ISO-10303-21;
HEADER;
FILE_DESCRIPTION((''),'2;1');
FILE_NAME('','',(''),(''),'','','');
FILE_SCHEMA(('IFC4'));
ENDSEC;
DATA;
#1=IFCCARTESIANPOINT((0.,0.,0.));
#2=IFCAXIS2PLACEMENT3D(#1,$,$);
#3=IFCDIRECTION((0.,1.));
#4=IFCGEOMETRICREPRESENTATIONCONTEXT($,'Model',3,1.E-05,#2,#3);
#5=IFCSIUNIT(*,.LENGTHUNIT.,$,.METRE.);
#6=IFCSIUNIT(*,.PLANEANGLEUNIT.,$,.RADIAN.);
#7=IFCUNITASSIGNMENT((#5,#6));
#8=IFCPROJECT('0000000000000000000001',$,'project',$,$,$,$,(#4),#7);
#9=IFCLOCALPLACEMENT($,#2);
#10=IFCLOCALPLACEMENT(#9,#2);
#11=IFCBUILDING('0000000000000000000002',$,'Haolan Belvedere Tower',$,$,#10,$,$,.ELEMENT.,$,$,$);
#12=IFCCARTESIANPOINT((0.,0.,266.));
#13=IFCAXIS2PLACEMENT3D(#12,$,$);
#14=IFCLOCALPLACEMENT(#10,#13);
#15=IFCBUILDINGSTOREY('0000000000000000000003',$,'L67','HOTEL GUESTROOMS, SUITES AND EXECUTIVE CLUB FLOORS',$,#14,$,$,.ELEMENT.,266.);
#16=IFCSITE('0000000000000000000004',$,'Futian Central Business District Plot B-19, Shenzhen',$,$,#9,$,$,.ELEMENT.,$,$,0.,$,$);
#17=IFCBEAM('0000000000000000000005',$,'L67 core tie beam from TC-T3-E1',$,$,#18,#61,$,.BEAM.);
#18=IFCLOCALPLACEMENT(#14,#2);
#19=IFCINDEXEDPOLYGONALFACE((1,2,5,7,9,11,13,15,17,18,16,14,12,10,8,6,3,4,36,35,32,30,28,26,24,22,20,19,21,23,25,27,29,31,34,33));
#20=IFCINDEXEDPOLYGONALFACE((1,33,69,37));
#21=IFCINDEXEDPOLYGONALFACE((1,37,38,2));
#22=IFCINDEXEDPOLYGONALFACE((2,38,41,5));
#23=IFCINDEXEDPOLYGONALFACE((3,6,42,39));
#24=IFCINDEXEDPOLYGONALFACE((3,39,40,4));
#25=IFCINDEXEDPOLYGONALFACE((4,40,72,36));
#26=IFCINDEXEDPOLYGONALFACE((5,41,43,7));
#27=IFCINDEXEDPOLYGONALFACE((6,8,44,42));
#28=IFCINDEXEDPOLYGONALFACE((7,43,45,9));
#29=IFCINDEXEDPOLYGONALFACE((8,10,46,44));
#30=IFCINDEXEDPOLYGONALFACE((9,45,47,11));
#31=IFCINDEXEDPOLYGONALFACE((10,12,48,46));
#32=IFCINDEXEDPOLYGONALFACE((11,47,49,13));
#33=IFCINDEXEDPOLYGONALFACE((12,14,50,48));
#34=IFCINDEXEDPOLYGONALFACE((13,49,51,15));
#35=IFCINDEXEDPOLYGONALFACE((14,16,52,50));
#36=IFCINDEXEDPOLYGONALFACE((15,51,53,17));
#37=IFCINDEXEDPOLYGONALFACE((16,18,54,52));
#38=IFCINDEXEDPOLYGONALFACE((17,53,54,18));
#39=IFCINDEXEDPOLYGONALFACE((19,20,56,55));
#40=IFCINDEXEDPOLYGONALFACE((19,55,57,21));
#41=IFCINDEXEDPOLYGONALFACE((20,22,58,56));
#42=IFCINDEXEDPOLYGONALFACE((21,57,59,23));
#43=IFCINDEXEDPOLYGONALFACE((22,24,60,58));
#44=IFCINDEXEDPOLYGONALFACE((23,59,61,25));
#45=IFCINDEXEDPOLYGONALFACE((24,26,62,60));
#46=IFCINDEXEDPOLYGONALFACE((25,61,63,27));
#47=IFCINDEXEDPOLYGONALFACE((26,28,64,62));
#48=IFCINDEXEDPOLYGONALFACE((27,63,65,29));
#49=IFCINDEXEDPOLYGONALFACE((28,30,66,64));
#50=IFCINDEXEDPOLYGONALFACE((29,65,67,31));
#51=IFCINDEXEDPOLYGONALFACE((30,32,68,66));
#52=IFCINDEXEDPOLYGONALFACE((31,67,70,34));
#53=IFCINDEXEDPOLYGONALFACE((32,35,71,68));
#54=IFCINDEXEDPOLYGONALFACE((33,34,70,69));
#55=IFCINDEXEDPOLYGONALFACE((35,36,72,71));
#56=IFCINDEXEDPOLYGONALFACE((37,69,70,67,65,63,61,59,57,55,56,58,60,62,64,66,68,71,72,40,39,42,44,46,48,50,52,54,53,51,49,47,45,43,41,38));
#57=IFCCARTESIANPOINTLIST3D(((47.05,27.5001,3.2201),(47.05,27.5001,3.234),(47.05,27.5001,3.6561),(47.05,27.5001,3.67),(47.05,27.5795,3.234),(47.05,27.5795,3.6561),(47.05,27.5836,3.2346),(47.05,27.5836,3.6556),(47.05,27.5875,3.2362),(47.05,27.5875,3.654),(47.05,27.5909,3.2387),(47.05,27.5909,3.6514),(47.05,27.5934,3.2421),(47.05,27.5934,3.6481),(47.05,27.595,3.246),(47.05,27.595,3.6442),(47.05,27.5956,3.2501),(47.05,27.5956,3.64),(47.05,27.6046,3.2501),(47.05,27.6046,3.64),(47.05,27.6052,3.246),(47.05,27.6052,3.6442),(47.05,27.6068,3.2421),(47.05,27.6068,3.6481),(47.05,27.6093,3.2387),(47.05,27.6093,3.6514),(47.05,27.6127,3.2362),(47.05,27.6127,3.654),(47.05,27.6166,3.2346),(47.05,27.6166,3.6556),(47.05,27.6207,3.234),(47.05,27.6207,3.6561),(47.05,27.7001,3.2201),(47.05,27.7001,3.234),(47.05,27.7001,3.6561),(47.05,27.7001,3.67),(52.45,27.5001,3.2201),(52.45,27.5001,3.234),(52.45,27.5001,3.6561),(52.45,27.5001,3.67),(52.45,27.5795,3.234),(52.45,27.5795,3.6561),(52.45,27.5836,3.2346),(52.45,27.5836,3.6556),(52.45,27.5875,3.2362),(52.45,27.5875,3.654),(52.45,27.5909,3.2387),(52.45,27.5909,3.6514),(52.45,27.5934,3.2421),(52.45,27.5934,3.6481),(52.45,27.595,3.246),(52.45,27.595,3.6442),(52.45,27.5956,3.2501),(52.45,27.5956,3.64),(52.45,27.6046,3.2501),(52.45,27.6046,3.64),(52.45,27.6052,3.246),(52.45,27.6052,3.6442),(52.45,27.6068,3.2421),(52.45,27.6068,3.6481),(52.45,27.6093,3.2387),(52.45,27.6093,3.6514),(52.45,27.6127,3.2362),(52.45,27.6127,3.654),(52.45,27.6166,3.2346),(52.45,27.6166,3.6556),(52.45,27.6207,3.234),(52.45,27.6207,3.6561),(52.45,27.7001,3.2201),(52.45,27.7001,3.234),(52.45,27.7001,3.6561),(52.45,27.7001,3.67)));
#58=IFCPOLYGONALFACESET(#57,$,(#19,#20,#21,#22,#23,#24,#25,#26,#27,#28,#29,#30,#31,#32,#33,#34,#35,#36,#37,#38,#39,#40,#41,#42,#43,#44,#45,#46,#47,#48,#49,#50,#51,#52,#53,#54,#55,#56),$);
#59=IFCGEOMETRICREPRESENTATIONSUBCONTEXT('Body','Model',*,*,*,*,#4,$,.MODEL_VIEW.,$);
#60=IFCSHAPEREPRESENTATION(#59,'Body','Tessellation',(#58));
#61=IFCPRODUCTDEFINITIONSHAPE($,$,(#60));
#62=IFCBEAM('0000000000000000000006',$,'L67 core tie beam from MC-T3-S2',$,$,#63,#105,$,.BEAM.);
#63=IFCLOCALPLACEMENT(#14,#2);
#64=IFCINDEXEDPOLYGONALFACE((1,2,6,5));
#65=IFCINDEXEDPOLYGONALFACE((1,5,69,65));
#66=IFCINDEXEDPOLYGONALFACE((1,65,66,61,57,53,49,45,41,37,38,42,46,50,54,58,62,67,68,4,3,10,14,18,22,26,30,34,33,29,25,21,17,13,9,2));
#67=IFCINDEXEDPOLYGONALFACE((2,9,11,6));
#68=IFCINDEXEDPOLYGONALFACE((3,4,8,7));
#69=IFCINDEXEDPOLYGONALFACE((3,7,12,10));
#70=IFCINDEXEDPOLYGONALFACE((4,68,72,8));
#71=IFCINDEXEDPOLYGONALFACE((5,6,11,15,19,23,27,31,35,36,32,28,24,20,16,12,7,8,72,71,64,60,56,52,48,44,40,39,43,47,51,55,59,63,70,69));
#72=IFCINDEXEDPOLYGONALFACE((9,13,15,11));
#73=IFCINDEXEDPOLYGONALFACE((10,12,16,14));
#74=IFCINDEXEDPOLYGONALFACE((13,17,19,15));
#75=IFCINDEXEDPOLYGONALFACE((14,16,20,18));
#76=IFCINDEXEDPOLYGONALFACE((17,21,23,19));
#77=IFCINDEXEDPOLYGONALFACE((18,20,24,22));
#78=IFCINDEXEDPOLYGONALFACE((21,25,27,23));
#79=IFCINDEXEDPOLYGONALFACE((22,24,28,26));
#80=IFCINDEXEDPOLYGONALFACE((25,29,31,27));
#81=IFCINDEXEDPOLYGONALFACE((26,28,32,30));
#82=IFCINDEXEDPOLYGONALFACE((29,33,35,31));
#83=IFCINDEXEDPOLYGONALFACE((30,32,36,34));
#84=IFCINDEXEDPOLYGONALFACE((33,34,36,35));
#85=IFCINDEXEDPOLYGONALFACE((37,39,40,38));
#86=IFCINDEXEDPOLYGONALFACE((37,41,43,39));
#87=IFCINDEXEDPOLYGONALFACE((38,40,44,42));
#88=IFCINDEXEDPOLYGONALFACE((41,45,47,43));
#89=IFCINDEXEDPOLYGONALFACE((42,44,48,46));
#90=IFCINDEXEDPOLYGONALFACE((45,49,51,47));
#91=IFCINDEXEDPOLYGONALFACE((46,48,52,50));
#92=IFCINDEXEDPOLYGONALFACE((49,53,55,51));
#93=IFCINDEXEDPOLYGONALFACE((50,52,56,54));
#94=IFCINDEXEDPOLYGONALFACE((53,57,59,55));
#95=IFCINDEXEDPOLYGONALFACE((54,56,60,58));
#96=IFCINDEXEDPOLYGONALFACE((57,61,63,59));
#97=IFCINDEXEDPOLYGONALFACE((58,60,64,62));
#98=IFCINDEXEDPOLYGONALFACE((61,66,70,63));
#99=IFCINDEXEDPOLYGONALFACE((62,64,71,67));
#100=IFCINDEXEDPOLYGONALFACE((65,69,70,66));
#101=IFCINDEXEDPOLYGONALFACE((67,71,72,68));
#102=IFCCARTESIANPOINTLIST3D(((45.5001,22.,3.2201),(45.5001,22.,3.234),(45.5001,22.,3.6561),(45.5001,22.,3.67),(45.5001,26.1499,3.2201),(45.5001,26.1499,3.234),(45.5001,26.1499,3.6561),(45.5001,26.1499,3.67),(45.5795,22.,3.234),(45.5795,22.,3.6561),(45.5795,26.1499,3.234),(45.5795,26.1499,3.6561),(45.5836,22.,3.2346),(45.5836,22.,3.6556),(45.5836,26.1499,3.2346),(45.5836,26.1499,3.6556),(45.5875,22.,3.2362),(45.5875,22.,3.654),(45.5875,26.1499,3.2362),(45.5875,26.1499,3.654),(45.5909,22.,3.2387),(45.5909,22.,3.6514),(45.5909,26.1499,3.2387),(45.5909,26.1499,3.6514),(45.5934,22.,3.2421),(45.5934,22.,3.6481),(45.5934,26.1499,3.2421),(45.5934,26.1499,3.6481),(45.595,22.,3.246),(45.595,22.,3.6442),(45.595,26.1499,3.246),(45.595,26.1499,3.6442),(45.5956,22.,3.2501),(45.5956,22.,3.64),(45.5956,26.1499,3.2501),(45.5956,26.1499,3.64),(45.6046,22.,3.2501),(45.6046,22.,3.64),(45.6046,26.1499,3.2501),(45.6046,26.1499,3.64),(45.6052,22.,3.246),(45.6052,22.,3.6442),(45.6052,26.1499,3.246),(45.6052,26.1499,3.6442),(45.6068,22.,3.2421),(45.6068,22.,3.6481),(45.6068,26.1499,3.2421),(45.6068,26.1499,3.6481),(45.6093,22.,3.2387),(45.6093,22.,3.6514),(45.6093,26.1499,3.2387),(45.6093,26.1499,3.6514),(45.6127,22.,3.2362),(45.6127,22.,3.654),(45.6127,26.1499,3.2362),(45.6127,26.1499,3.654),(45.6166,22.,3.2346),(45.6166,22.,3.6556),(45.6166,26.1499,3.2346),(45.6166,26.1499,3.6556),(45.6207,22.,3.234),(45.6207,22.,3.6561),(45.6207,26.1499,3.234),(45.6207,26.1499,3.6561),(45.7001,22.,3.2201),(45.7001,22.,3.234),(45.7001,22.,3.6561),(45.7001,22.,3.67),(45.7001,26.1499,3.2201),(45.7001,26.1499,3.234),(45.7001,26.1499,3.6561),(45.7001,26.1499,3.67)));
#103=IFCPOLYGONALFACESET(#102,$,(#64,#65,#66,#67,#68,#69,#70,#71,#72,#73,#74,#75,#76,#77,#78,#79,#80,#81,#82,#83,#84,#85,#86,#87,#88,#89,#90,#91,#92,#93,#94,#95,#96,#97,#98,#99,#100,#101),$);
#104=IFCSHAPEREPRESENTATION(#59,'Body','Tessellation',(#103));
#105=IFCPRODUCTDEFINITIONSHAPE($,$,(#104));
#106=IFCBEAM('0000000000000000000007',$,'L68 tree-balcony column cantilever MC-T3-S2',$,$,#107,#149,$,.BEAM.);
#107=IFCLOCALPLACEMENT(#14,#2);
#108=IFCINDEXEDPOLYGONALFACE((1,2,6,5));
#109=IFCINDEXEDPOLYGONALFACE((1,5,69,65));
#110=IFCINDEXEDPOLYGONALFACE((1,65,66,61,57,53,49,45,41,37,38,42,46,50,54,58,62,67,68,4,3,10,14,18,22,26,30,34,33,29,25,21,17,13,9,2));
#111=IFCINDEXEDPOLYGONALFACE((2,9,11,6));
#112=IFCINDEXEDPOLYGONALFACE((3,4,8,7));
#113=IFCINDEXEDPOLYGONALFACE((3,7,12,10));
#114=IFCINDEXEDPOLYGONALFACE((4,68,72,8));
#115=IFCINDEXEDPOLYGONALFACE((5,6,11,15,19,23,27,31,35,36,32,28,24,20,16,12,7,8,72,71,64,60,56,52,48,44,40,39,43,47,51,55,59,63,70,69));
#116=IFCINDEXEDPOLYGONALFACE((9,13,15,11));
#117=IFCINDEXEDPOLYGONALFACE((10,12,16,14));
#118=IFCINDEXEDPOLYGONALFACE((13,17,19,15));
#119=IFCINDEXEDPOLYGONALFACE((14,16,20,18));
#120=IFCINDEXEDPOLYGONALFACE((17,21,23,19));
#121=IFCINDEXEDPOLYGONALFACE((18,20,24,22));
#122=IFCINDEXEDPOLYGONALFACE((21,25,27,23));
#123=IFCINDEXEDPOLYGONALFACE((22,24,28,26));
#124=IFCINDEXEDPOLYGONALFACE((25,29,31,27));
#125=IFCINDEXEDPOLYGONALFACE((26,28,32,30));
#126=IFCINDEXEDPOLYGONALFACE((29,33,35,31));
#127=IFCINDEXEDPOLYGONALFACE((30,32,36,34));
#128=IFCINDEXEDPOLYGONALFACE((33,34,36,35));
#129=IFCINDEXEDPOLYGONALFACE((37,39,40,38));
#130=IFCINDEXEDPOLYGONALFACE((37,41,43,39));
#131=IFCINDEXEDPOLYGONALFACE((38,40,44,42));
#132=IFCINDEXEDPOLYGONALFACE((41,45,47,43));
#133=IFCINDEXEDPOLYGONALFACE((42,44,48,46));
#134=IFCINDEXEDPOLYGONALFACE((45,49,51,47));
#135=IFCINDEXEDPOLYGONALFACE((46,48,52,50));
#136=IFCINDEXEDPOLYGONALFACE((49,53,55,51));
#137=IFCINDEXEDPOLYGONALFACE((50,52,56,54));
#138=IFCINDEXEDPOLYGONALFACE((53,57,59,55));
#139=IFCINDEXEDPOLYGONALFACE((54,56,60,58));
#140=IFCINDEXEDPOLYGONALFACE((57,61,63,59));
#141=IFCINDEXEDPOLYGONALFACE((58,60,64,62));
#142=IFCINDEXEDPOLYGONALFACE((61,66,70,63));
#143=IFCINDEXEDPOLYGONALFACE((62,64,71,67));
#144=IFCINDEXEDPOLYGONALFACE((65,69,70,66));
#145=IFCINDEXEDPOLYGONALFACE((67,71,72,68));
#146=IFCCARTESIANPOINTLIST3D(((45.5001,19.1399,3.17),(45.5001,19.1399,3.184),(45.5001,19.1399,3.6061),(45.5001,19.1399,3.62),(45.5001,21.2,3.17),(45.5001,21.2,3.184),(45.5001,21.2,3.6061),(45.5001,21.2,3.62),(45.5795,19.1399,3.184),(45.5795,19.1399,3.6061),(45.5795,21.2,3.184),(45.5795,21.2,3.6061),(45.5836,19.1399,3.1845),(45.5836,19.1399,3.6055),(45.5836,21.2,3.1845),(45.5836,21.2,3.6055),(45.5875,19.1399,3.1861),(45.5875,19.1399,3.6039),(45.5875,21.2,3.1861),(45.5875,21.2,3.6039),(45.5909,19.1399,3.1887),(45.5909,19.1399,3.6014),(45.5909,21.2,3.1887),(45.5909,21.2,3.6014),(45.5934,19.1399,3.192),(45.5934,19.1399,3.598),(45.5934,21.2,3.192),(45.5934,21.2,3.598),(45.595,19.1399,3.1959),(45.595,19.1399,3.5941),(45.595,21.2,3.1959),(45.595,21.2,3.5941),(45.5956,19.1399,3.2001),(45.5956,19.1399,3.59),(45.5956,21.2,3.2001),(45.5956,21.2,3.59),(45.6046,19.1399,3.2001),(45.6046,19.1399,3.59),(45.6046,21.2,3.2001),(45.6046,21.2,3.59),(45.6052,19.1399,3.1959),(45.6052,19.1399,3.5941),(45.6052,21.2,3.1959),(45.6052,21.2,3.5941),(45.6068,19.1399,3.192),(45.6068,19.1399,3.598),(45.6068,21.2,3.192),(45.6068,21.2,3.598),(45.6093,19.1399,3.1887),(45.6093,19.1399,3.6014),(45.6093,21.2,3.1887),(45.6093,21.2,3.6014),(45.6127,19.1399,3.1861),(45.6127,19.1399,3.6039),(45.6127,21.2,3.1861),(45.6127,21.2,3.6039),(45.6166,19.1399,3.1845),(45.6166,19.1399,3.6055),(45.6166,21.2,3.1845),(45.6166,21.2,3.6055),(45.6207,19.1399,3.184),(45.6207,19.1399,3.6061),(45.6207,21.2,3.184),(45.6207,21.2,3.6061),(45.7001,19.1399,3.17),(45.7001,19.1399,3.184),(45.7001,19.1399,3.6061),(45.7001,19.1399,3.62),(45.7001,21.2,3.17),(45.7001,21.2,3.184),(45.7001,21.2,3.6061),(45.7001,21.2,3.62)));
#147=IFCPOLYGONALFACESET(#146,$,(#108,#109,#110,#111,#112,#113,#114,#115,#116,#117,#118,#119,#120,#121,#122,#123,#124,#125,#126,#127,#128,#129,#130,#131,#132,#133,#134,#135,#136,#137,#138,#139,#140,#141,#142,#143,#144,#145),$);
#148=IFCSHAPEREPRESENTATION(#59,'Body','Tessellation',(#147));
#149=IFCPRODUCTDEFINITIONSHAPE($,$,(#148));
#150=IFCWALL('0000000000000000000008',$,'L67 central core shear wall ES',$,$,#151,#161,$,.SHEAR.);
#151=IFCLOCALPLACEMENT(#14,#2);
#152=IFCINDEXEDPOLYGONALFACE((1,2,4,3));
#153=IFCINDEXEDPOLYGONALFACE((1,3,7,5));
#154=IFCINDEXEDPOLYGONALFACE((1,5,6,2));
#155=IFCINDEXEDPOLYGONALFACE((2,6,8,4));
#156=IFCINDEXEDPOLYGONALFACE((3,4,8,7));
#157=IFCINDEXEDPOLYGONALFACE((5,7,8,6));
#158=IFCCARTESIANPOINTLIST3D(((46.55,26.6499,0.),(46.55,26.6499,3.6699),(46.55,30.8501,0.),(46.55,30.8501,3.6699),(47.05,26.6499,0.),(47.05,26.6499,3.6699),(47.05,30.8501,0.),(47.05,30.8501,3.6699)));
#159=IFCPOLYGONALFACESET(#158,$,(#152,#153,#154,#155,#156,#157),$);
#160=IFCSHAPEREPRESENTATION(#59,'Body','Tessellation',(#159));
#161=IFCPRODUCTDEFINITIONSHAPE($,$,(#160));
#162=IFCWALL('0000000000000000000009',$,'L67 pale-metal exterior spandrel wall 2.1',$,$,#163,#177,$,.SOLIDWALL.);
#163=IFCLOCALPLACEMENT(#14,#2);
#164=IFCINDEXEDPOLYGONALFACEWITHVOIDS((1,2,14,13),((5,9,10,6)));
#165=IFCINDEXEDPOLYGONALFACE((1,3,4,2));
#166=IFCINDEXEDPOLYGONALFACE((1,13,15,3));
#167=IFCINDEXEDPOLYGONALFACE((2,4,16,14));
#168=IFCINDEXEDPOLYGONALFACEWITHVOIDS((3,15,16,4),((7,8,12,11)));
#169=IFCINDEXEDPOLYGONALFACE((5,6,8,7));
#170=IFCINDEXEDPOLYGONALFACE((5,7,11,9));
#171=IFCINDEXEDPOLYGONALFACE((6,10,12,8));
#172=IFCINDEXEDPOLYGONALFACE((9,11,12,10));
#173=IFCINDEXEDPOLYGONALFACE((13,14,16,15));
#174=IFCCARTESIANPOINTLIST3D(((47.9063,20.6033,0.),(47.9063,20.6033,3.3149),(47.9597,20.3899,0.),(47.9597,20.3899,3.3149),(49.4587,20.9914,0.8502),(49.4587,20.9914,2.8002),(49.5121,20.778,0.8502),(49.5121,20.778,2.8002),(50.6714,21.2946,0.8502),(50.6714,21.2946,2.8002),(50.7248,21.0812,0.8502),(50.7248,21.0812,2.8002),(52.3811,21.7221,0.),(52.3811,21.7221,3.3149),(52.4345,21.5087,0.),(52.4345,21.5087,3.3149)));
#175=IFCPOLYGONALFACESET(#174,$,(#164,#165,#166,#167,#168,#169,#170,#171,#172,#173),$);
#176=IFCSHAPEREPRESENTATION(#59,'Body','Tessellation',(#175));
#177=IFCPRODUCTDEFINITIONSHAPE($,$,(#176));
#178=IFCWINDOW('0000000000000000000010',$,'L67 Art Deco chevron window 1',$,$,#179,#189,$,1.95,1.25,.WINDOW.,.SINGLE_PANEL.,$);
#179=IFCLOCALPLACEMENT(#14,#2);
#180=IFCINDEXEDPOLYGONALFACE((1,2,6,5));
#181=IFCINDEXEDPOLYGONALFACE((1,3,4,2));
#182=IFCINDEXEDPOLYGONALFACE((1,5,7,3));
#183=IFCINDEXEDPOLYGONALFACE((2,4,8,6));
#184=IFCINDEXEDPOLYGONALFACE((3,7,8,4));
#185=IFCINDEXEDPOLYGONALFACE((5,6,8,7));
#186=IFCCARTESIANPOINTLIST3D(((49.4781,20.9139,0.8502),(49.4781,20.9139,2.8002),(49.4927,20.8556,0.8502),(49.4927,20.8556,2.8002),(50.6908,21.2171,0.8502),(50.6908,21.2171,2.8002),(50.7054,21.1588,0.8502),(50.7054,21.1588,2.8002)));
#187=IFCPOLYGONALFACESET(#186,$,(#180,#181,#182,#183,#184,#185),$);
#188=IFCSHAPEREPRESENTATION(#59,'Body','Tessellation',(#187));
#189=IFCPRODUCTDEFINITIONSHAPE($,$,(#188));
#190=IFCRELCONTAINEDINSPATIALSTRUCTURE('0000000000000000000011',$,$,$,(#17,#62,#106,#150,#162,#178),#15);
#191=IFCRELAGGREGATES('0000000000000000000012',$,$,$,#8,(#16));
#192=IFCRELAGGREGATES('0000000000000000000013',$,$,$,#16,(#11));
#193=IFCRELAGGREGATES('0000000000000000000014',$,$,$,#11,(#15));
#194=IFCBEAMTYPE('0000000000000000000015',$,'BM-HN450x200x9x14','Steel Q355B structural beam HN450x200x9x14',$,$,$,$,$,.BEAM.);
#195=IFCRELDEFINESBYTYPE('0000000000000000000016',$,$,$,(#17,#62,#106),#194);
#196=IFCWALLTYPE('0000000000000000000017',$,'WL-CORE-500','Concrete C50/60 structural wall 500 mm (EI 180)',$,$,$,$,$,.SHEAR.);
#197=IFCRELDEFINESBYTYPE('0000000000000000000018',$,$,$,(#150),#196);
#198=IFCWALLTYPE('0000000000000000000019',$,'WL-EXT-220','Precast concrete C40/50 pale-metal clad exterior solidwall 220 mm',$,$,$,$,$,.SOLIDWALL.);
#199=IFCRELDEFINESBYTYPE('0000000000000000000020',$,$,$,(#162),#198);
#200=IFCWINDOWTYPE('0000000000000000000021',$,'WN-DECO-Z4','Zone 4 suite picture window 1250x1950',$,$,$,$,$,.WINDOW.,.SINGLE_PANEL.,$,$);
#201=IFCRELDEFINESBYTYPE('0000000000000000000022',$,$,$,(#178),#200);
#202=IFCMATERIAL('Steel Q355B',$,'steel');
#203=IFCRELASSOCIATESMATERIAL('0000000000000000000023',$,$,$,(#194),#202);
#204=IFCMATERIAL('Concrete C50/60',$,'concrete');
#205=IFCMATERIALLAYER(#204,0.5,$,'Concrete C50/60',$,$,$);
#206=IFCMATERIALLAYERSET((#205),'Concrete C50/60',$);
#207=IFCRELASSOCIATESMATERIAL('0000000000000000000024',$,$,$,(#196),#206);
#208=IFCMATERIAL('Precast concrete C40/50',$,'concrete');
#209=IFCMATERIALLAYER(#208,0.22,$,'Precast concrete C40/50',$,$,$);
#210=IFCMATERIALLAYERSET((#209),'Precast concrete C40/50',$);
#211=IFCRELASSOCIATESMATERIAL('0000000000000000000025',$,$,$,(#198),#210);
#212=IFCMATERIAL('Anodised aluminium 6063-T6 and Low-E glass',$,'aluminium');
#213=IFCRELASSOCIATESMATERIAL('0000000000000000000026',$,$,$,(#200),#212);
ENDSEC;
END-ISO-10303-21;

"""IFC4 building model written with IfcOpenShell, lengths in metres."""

from ifc_helpers import new_model, si_unit, direction, frame, frame_2d, origin, origin_2d, place, context, subcontext, project, spatial, rectangle, i_section, extrude, material, layer, layer_set, material_profile, profile_set, type_object, element, fill, save


model = new_model("IFC4")

# Units and contexts
model_context = context("Model", 3, precision=1e-05, world=origin(), true_north=direction((0.0, 1.0)))
body_context = subcontext(model_context, "Body", "Model", "MODEL_VIEW")
ifc_project = project(units=[si_unit("LENGTHUNIT", "METRE"), si_unit("PLANEANGLEUNIT", "RADIAN")], contexts=[model_context])

# Site, building, storey
site_placement = place(None, origin())
site = spatial("IfcSite", under=ifc_project, at=site_placement, Name="Futian Central Business District Plot B-19, Shenzhen", CompositionType="ELEMENT", RefElevation=0.0)
building_placement = place(site_placement, origin())
building = spatial("IfcBuilding", under=site, at=building_placement, Name="Haolan Belvedere Tower", CompositionType="ELEMENT")
storey_placement = place(building_placement, frame((0.0, 0.0, 266.0)))
storey = spatial("IfcBuildingStorey", under=building, at=storey_placement, Name="L67", Description="HOTEL GUESTROOMS, SUITES AND EXECUTIVE CLUB FLOORS", CompositionType="ELEMENT", Elevation=266.0)

# Beams
ifc_material_1 = material(Name="Steel Q355B", Category="steel")
ifc_material_profile_1 = material_profile(ifc_material_1, i_section(OverallWidth=0.2, OverallDepth=0.45, WebThickness=0.009, FlangeThickness=0.0139, FilletRadius=0.0161, at=origin_2d()), Name="Steel Q355B")
ifc_profile_set_1 = profile_set([ifc_material_profile_1], Name="Steel Q355B")
beam_type_1 = type_object("IfcBeamType", Name="BM-HN450x200x9x14", Description="Steel Q355B structural beam HN450x200x9x14", PredefinedType="BEAM", material=ifc_profile_set_1)
beam_1_placement = place(storey_placement, frame((52.45, 27.6001, 3.4451), z_axis=(-1.0, 0.0, 0.0), x_axis=(0.0, -1.0, 0.0)))
element("IfcBeam", 1, at=beam_1_placement, inside=storey, type_object=beam_type_1, Name="L67 core tie beam from TC-T3-E1", PredefinedType="BEAM", context=body_context, shape_type="SweptSolid", body=[
    extrude(i_section(OverallWidth=0.2, OverallDepth=0.45, WebThickness=0.009, FlangeThickness=0.0139, FilletRadius=0.0161, at=origin_2d()), origin(), (0.0, 0.0, 1.0), 5.3999),
])
beam_2_placement = place(storey_placement, frame((45.6001, 22.0, 3.4451), z_axis=(0.0, 1.0, 0.0), x_axis=(-1.0, 0.0, 0.0)))
element("IfcBeam", 2, at=beam_2_placement, inside=storey, type_object=beam_type_1, Name="L67 core tie beam from MC-T3-S2", PredefinedType="BEAM", context=body_context, shape_type="SweptSolid", body=[
    extrude(i_section(OverallWidth=0.2, OverallDepth=0.45, WebThickness=0.009, FlangeThickness=0.0139, FilletRadius=0.0161, at=origin_2d()), origin(), (0.0, 0.0, 1.0), 4.1499),
])
beam_3_placement = place(storey_placement, frame((45.6001, 21.2, 3.395), z_axis=(0.0, -1.0, 0.0), x_axis=(1.0, 0.0, 0.0)))
element("IfcBeam", 3, at=beam_3_placement, inside=storey, type_object=beam_type_1, Name="L68 tree-balcony column cantilever MC-T3-S2", PredefinedType="BEAM", context=body_context, shape_type="SweptSolid", body=[
    extrude(i_section(OverallWidth=0.2, OverallDepth=0.45, WebThickness=0.009, FlangeThickness=0.0139, FilletRadius=0.0161, at=origin_2d()), origin(), (0.0, 0.0, 1.0), 2.0601),
])

# Wall
ifc_material_2 = material(Name="Concrete C50/60", Category="concrete")
ifc_layer_1 = layer(ifc_material_2, 0.5, Name="Concrete C50/60")
ifc_layer_set_1 = layer_set([ifc_layer_1], Name="Concrete C50/60")
wall_type_1 = type_object("IfcWallType", Name="WL-CORE-500", Description="Concrete C50/60 structural wall 500 mm (EI 180)", PredefinedType="SHEAR", material=ifc_layer_set_1)
wall_1_placement = place(storey_placement, frame((46.8, 26.6499, 0.0), z_axis=(0.0, 0.0, 1.0), x_axis=(0.0, 1.0, 0.0)))
element("IfcWall", 4, at=wall_1_placement, inside=storey, type_object=wall_type_1, Name="L67 central core shear wall ES", PredefinedType="SHEAR", context=body_context, shape_type="SweptSolid", body=[
    extrude(rectangle(XDim=4.2002, YDim=0.5, at=frame_2d((2.1001, 0.0))), origin(), (0.0, 0.0, 1.0), 3.6699),
])

# Wall, opening, window
ifc_material_3 = material(Name="Precast concrete C40/50", Category="concrete")
ifc_layer_2 = layer(ifc_material_3, 0.22, Name="Precast concrete C40/50")
ifc_layer_set_2 = layer_set([ifc_layer_2], Name="Precast concrete C40/50")
wall_type_2 = type_object("IfcWallType", Name="WL-EXT-220", Description="Precast concrete C40/50 pale-metal clad exterior solidwall 220 mm", PredefinedType="SOLIDWALL", material=ifc_layer_set_2)
wall_2_placement = place(storey_placement, frame((47.9331, 20.4966, 0.0), z_axis=(0.0, 0.0, 1.0), x_axis=(0.970133, 0.242573, 0.0)))
wall_2 = element("IfcWall", 5, at=wall_2_placement, inside=storey, type_object=wall_type_2, Name="L67 pale-metal exterior spandrel wall 2.1", PredefinedType="SOLIDWALL", context=body_context, shape_type="SweptSolid", body=[
    extrude(rectangle(XDim=4.6125, YDim=0.22, at=frame_2d((2.3062, 0.0))), origin(), (0.0, 0.0, 1.0), 3.3149),
])
opening_1_placement = place(wall_2_placement, frame((1.6001, 0.0, 0.8501)))
opening_1 = element("IfcOpeningElement", 6, at=opening_1_placement, cuts=wall_2, PredefinedType="OPENING", context=body_context, shape_type="SweptSolid", body=[
    extrude(rectangle(XDim=1.25, YDim=1.95, at=frame_2d((0.625, 0.9751))), frame((0.0, 0.1199, 0.0), z_axis=(0.0, -1.0, 0.0), x_axis=(1.0, 0.0, 0.0)), (0.0, 0.0, 1.0), 0.24),
])
ifc_material_4 = material(Name="Anodised aluminium 6063-T6 and Low-E glass", Category="aluminium")
window_type = type_object("IfcWindowType", Name="WN-DECO-Z4", Description="Zone 4 suite picture window 1250x1950", PartitioningType="SINGLE_PANEL", PredefinedType="WINDOW", material=ifc_material_4)
window_1_placement = place(opening_1_placement, origin())
window_1 = element("IfcWindow", 7, at=window_1_placement, inside=storey, type_object=window_type, Name="L67 Art Deco chevron window 1", OverallHeight=1.95, OverallWidth=1.25, PartitioningType="SINGLE_PANEL", PredefinedType="WINDOW", context=body_context, shape_type="SweptSolid", body=[
    extrude(rectangle(XDim=1.25, YDim=1.95, at=frame_2d((0.625, 0.9751))), frame((0.0, 0.03, 0.0), z_axis=(0.0, -1.0, 0.0), x_axis=(1.0, 0.0, 0.0)), (0.0, 0.0, 1.0), 0.0601),
])
fill(opening_1, window_1)

save(model, "model.ifc")
